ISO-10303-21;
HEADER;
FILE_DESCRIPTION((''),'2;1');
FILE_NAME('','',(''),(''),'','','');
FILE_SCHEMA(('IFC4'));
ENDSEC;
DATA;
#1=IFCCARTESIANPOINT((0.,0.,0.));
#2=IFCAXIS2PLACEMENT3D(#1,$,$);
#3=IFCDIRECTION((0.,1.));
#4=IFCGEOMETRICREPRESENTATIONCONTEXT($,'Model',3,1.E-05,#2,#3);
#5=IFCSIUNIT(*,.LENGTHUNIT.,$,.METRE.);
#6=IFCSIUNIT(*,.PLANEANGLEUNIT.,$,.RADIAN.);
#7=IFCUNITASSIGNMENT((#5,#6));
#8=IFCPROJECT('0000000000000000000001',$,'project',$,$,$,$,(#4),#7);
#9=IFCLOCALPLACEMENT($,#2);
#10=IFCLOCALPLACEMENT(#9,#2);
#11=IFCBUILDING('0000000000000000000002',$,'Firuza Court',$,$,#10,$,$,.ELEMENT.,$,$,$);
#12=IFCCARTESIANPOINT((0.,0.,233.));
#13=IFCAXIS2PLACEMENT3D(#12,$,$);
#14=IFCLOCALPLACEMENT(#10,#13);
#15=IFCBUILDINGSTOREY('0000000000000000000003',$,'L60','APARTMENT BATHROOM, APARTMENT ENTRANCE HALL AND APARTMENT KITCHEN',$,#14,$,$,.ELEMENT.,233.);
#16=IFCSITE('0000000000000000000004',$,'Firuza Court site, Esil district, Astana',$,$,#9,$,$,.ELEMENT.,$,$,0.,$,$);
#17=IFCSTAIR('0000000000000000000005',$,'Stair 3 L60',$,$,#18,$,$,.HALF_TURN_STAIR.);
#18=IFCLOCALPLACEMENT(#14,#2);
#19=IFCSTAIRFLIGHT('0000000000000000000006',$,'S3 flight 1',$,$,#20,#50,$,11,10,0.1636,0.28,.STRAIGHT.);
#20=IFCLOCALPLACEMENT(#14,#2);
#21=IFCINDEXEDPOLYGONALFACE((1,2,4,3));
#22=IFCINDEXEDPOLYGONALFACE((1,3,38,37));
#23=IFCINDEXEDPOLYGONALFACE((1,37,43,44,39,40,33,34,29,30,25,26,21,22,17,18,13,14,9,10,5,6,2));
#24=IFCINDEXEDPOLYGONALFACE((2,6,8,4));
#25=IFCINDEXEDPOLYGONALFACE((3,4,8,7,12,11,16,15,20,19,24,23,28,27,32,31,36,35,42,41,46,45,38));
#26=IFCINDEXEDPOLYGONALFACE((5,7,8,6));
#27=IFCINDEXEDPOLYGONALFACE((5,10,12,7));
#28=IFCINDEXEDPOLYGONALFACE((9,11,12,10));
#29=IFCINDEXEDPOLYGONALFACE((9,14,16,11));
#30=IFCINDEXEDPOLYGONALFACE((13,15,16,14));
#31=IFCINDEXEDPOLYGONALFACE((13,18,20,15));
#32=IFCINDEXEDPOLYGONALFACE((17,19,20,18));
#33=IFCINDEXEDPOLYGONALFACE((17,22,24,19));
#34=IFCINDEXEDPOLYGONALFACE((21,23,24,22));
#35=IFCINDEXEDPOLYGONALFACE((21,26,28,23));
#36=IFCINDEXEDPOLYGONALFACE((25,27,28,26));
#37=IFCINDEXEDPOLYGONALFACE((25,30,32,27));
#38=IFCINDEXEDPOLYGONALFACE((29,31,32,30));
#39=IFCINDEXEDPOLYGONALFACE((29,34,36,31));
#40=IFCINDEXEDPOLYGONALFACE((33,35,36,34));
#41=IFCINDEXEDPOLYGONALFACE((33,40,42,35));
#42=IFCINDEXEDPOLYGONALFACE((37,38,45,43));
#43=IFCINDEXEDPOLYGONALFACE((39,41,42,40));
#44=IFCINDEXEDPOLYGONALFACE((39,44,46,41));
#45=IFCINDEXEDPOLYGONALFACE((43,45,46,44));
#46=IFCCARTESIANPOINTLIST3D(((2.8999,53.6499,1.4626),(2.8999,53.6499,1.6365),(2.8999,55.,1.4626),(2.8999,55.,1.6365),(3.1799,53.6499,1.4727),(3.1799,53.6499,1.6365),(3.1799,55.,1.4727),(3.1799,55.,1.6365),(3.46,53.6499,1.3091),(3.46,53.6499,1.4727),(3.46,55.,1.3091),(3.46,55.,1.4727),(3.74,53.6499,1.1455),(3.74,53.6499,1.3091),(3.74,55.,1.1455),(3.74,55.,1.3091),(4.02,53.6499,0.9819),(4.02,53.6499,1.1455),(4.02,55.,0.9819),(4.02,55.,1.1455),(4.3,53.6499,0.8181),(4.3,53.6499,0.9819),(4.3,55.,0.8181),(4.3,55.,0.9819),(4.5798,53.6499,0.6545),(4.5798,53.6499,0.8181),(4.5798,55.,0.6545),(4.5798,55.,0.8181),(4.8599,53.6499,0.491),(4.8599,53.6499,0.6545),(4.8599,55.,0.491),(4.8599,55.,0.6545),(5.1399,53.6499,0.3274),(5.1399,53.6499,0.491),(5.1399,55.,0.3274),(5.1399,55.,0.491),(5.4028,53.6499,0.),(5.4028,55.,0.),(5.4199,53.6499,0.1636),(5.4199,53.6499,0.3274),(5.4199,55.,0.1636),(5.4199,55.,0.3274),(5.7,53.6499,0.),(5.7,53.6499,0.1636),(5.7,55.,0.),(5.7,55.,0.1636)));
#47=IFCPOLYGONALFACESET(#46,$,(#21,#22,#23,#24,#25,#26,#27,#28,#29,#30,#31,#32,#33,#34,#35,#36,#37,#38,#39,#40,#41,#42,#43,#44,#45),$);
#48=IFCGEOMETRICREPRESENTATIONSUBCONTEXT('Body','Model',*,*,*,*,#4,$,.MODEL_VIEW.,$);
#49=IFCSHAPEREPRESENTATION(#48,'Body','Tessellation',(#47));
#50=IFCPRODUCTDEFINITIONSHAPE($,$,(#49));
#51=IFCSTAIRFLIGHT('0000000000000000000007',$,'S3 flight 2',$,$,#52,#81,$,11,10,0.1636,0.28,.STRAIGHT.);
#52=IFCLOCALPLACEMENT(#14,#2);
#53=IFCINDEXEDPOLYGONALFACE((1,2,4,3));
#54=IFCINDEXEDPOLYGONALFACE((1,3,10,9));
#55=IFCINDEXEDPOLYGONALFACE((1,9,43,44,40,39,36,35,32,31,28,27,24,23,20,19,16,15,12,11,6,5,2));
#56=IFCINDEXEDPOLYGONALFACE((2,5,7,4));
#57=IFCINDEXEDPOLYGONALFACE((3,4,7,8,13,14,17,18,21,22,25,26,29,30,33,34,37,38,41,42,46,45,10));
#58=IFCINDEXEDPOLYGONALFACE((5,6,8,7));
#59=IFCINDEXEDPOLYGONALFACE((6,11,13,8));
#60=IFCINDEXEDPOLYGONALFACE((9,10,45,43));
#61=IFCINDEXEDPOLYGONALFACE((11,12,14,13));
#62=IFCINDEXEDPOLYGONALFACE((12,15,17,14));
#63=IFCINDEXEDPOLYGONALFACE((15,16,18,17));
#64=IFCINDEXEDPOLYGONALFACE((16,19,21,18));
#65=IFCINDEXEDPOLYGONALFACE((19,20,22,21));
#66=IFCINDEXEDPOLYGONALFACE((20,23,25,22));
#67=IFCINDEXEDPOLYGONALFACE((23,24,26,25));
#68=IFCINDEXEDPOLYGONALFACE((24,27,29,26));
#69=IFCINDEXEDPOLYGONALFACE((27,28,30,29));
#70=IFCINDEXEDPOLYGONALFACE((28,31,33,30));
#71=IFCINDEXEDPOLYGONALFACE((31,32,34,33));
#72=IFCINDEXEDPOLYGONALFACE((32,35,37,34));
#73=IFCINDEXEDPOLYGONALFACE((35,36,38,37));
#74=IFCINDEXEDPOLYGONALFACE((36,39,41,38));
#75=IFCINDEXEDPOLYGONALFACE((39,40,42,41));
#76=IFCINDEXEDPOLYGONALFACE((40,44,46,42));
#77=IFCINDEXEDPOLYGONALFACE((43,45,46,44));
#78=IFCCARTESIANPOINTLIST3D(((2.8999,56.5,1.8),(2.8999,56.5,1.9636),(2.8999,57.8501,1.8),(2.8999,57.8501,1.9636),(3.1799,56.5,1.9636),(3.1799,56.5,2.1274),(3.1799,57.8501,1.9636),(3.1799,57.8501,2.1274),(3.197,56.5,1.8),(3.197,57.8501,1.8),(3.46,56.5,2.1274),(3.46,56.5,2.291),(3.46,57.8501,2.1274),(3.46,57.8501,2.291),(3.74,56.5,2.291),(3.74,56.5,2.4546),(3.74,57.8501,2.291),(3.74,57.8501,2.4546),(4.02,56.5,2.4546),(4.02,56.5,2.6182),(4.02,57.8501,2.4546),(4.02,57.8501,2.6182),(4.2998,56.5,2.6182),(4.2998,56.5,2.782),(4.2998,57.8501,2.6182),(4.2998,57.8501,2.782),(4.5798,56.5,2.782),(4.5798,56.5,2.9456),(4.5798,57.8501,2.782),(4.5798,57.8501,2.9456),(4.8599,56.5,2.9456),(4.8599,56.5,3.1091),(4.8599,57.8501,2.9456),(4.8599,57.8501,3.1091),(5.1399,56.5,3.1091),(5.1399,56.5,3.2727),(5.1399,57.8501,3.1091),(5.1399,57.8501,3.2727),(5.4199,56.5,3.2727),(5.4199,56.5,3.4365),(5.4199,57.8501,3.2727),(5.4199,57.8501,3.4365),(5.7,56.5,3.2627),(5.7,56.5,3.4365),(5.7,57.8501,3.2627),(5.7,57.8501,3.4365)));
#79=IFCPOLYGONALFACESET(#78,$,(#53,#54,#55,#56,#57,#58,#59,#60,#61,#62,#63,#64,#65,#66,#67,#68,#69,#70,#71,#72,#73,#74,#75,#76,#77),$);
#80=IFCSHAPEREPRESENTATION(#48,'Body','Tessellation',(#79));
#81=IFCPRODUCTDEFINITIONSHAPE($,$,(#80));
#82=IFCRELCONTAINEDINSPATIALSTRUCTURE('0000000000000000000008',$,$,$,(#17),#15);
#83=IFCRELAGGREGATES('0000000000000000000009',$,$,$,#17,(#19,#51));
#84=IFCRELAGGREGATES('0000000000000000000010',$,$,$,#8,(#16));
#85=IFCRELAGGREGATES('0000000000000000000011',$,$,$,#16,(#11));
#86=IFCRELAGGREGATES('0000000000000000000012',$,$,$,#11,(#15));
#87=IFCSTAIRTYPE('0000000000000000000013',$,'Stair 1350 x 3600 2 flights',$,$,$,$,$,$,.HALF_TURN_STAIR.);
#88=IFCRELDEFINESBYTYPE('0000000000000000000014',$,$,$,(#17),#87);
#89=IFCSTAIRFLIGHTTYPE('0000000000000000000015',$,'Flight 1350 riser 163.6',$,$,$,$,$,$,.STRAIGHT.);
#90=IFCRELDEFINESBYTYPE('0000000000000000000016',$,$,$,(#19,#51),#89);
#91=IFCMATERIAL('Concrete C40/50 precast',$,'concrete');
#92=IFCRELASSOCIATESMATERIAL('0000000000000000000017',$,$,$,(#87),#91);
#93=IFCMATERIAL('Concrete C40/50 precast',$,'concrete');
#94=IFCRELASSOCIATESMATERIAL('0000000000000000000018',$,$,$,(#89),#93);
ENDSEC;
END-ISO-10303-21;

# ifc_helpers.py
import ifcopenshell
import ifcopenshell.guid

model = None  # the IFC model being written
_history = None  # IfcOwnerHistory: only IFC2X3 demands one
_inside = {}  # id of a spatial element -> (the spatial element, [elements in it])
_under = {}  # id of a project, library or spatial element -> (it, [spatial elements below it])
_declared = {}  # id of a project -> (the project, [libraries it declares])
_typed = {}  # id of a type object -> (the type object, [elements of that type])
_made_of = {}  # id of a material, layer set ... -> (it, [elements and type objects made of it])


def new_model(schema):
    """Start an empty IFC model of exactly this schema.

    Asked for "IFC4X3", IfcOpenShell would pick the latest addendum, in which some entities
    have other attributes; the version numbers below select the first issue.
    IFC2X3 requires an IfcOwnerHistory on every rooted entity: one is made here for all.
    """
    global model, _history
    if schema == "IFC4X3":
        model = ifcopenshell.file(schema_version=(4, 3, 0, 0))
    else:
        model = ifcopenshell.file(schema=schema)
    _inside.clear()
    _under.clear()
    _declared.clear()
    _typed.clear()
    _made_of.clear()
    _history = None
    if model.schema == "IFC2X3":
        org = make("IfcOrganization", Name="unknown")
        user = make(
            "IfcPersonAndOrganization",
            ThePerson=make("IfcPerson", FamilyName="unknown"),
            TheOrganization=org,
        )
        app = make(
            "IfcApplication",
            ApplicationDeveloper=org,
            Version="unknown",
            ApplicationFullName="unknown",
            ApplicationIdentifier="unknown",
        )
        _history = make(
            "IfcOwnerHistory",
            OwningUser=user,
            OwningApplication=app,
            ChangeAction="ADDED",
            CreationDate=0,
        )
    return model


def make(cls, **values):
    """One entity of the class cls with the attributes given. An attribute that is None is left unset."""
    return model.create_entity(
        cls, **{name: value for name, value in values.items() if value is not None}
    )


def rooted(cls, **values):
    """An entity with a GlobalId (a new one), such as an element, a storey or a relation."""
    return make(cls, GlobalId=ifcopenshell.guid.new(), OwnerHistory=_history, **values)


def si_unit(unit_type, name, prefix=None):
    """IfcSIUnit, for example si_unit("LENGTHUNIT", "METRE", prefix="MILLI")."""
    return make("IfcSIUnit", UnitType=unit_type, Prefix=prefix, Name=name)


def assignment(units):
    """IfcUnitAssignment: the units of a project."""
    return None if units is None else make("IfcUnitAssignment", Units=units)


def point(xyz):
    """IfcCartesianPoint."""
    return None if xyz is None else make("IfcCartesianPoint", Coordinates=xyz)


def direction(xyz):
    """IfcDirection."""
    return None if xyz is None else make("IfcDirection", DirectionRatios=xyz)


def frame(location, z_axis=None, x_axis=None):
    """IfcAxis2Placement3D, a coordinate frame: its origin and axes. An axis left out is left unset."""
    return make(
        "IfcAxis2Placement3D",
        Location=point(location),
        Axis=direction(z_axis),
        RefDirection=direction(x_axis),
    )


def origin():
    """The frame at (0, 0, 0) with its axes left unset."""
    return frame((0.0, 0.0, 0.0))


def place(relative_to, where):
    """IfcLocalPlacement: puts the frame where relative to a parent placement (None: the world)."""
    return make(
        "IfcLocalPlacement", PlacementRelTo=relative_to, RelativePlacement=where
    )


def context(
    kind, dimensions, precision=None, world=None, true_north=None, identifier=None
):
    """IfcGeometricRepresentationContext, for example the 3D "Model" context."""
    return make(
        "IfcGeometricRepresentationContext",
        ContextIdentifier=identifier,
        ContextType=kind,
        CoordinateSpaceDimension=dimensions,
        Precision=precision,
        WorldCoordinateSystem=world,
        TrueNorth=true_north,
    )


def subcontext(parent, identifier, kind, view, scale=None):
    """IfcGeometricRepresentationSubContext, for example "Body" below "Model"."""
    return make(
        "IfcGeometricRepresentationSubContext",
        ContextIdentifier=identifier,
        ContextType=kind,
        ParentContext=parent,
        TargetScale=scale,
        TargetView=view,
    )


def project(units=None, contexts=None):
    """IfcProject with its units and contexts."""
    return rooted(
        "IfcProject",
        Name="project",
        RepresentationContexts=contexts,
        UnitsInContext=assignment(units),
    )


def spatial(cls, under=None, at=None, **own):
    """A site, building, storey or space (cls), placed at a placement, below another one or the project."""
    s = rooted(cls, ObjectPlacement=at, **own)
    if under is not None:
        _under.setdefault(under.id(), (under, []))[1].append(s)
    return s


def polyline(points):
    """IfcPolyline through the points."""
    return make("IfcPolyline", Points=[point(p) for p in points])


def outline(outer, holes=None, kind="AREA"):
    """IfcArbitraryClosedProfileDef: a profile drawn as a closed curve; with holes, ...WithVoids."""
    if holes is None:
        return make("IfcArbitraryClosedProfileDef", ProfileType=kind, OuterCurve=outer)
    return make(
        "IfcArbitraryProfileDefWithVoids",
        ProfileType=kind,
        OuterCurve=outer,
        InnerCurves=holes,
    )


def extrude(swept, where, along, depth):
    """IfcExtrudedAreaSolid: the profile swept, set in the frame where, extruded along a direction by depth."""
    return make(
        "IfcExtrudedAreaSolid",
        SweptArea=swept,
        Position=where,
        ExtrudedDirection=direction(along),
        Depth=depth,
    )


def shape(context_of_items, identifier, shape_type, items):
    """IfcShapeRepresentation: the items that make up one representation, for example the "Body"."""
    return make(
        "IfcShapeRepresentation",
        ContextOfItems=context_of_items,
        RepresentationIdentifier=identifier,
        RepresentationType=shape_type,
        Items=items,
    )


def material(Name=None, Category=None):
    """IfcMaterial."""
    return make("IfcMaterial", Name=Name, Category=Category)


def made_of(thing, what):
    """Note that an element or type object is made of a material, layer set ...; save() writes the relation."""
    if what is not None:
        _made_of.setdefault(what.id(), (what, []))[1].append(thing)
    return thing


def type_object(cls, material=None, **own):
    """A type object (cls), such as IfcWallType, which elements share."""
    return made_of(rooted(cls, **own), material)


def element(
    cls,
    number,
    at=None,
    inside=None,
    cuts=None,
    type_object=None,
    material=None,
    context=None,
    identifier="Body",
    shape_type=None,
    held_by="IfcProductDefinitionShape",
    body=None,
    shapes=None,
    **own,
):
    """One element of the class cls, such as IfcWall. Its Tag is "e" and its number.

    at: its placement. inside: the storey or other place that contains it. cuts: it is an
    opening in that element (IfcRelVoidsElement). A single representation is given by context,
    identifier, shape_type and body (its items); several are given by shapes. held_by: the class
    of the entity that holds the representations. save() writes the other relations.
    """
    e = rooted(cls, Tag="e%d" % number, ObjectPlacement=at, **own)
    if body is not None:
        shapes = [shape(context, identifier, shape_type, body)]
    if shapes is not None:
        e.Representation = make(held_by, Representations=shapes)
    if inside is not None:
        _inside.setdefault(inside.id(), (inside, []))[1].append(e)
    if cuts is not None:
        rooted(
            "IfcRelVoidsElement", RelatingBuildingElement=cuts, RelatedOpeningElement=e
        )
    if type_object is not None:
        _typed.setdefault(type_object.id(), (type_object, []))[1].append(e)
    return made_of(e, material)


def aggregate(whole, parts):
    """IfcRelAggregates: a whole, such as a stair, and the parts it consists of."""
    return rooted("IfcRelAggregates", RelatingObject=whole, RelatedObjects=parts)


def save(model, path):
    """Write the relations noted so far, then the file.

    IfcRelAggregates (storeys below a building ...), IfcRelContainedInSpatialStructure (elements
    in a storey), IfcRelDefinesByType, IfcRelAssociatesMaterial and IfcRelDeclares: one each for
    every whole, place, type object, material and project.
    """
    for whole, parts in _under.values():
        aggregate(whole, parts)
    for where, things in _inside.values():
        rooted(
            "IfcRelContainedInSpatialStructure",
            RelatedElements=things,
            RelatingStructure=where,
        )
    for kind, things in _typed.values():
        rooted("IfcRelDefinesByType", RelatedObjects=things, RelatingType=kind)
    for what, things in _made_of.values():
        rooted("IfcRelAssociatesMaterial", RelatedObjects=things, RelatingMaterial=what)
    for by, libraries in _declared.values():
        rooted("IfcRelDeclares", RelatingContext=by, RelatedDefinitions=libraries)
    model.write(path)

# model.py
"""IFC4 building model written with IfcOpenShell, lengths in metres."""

from ifc_helpers import new_model, si_unit, direction, frame, origin, place, context, subcontext, project, spatial, polyline, outline, extrude, material, type_object, element, aggregate, save


model = new_model("IFC4")

# Units and contexts
model_context = context("Model", 3, precision=1e-05, world=origin(), true_north=direction((0.0, 1.0)))
body_context = subcontext(model_context, "Body", "Model", "MODEL_VIEW")
ifc_project = project(units=[si_unit("LENGTHUNIT", "METRE"), si_unit("PLANEANGLEUNIT", "RADIAN")], contexts=[model_context])

# Site, building, storey
site_placement = place(None, origin())
site = spatial("IfcSite", under=ifc_project, at=site_placement, Name="Firuza Court site, Esil district, Astana", CompositionType="ELEMENT", RefElevation=0.0)
building_placement = place(site_placement, origin())
building = spatial("IfcBuilding", under=site, at=building_placement, Name="Firuza Court", CompositionType="ELEMENT")
storey_placement = place(building_placement, frame((0.0, 0.0, 233.0)))
storey = spatial("IfcBuildingStorey", under=building, at=storey_placement, Name="L60", Description="APARTMENT BATHROOM, APARTMENT ENTRANCE HALL AND APARTMENT KITCHEN", CompositionType="ELEMENT", Elevation=233.0)

# Stair, stair flights
ifc_material_1 = material(Name="Concrete C40/50 precast", Category="concrete")
stair_type = type_object("IfcStairType", Name="Stair 1350 x 3600 2 flights", PredefinedType="HALF_TURN_STAIR", material=ifc_material_1)
stair_placement = place(storey_placement, origin())
stair = element("IfcStair", 1, at=stair_placement, inside=storey, type_object=stair_type, Name="Stair 3 L60", PredefinedType="HALF_TURN_STAIR")
ifc_material_2 = material(Name="Concrete C40/50 precast", Category="concrete")
stair_flight_type = type_object("IfcStairFlightType", Name="Flight 1350 riser 163.6", PredefinedType="STRAIGHT", material=ifc_material_2)
stair_flight_1_placement = place(storey_placement, frame((5.7, 54.325, 0.0), z_axis=(0.0, 0.0, 1.0), x_axis=(-1.0, 0.0, 0.0)))
stair_flight_1 = element("IfcStairFlight", 2, at=stair_flight_1_placement, type_object=stair_flight_type, Name="S3 flight 1", NumberOfRisers=11, NumberOfTreads=10, PredefinedType="STRAIGHT", RiserHeight=0.1636, TreadLength=0.28, context=body_context, shape_type="SweptSolid", body=[
    extrude(outline(polyline([(0.0, 0.0), (0.0, 0.1636), (0.28, 0.1636), (0.28, 0.3274), (0.5601, 0.3274), (0.5601, 0.491), (0.8401, 0.491), (0.8401, 0.6545), (1.1201, 0.6545), (1.1201, 0.8181), (1.3999, 0.8181), (1.3999, 0.9819), (1.6799, 0.9819), (1.6799, 1.1455), (1.96, 1.1455), (1.96, 1.3091), (2.24, 1.3091), (2.24, 1.4727), (2.52, 1.4727), (2.52, 1.6365), (2.8, 1.6365), (2.8, 1.8), (2.8, 1.4626), (0.2971, 0.0), (0.0, 0.0)])), frame((0.0, 0.675, 0.0), z_axis=(0.0, -1.0, 0.0), x_axis=(1.0, 0.0, 0.0)), (0.0, 0.0, 1.0), 1.3501),
])
stair_flight_2_placement = place(storey_placement, frame((2.8999, 57.175, 1.8), z_axis=(0.0, 0.0, 1.0), x_axis=(1.0, 0.0, 0.0)))
stair_flight_2 = element("IfcStairFlight", 3, at=stair_flight_2_placement, type_object=stair_flight_type, Name="S3 flight 2", NumberOfRisers=11, NumberOfTreads=10, PredefinedType="STRAIGHT", RiserHeight=0.1636, TreadLength=0.28, context=body_context, shape_type="SweptSolid", body=[
    extrude(outline(polyline([(0.0, 0.0), (0.0, 0.1636), (0.28, 0.1636), (0.28, 0.3274), (0.5601, 0.3274), (0.5601, 0.491), (0.8401, 0.491), (0.8401, 0.6545), (1.1201, 0.6545), (1.1201, 0.8181), (1.3999, 0.8181), (1.3999, 0.9819), (1.6799, 0.9819), (1.6799, 1.1455), (1.96, 1.1455), (1.96, 1.3091), (2.24, 1.3091), (2.24, 1.4727), (2.52, 1.4727), (2.52, 1.6365), (2.8, 1.6365), (2.8, 1.8), (2.8, 1.4626), (0.2971, 0.0), (0.0, 0.0)])), frame((0.0, 0.675, 0.0), z_axis=(0.0, -1.0, 0.0), x_axis=(1.0, 0.0, 0.0)), (0.0, 0.0, 1.0), 1.3501),
])
aggregate(stair, [stair_flight_1, stair_flight_2])

save(model, "model.ifc")
